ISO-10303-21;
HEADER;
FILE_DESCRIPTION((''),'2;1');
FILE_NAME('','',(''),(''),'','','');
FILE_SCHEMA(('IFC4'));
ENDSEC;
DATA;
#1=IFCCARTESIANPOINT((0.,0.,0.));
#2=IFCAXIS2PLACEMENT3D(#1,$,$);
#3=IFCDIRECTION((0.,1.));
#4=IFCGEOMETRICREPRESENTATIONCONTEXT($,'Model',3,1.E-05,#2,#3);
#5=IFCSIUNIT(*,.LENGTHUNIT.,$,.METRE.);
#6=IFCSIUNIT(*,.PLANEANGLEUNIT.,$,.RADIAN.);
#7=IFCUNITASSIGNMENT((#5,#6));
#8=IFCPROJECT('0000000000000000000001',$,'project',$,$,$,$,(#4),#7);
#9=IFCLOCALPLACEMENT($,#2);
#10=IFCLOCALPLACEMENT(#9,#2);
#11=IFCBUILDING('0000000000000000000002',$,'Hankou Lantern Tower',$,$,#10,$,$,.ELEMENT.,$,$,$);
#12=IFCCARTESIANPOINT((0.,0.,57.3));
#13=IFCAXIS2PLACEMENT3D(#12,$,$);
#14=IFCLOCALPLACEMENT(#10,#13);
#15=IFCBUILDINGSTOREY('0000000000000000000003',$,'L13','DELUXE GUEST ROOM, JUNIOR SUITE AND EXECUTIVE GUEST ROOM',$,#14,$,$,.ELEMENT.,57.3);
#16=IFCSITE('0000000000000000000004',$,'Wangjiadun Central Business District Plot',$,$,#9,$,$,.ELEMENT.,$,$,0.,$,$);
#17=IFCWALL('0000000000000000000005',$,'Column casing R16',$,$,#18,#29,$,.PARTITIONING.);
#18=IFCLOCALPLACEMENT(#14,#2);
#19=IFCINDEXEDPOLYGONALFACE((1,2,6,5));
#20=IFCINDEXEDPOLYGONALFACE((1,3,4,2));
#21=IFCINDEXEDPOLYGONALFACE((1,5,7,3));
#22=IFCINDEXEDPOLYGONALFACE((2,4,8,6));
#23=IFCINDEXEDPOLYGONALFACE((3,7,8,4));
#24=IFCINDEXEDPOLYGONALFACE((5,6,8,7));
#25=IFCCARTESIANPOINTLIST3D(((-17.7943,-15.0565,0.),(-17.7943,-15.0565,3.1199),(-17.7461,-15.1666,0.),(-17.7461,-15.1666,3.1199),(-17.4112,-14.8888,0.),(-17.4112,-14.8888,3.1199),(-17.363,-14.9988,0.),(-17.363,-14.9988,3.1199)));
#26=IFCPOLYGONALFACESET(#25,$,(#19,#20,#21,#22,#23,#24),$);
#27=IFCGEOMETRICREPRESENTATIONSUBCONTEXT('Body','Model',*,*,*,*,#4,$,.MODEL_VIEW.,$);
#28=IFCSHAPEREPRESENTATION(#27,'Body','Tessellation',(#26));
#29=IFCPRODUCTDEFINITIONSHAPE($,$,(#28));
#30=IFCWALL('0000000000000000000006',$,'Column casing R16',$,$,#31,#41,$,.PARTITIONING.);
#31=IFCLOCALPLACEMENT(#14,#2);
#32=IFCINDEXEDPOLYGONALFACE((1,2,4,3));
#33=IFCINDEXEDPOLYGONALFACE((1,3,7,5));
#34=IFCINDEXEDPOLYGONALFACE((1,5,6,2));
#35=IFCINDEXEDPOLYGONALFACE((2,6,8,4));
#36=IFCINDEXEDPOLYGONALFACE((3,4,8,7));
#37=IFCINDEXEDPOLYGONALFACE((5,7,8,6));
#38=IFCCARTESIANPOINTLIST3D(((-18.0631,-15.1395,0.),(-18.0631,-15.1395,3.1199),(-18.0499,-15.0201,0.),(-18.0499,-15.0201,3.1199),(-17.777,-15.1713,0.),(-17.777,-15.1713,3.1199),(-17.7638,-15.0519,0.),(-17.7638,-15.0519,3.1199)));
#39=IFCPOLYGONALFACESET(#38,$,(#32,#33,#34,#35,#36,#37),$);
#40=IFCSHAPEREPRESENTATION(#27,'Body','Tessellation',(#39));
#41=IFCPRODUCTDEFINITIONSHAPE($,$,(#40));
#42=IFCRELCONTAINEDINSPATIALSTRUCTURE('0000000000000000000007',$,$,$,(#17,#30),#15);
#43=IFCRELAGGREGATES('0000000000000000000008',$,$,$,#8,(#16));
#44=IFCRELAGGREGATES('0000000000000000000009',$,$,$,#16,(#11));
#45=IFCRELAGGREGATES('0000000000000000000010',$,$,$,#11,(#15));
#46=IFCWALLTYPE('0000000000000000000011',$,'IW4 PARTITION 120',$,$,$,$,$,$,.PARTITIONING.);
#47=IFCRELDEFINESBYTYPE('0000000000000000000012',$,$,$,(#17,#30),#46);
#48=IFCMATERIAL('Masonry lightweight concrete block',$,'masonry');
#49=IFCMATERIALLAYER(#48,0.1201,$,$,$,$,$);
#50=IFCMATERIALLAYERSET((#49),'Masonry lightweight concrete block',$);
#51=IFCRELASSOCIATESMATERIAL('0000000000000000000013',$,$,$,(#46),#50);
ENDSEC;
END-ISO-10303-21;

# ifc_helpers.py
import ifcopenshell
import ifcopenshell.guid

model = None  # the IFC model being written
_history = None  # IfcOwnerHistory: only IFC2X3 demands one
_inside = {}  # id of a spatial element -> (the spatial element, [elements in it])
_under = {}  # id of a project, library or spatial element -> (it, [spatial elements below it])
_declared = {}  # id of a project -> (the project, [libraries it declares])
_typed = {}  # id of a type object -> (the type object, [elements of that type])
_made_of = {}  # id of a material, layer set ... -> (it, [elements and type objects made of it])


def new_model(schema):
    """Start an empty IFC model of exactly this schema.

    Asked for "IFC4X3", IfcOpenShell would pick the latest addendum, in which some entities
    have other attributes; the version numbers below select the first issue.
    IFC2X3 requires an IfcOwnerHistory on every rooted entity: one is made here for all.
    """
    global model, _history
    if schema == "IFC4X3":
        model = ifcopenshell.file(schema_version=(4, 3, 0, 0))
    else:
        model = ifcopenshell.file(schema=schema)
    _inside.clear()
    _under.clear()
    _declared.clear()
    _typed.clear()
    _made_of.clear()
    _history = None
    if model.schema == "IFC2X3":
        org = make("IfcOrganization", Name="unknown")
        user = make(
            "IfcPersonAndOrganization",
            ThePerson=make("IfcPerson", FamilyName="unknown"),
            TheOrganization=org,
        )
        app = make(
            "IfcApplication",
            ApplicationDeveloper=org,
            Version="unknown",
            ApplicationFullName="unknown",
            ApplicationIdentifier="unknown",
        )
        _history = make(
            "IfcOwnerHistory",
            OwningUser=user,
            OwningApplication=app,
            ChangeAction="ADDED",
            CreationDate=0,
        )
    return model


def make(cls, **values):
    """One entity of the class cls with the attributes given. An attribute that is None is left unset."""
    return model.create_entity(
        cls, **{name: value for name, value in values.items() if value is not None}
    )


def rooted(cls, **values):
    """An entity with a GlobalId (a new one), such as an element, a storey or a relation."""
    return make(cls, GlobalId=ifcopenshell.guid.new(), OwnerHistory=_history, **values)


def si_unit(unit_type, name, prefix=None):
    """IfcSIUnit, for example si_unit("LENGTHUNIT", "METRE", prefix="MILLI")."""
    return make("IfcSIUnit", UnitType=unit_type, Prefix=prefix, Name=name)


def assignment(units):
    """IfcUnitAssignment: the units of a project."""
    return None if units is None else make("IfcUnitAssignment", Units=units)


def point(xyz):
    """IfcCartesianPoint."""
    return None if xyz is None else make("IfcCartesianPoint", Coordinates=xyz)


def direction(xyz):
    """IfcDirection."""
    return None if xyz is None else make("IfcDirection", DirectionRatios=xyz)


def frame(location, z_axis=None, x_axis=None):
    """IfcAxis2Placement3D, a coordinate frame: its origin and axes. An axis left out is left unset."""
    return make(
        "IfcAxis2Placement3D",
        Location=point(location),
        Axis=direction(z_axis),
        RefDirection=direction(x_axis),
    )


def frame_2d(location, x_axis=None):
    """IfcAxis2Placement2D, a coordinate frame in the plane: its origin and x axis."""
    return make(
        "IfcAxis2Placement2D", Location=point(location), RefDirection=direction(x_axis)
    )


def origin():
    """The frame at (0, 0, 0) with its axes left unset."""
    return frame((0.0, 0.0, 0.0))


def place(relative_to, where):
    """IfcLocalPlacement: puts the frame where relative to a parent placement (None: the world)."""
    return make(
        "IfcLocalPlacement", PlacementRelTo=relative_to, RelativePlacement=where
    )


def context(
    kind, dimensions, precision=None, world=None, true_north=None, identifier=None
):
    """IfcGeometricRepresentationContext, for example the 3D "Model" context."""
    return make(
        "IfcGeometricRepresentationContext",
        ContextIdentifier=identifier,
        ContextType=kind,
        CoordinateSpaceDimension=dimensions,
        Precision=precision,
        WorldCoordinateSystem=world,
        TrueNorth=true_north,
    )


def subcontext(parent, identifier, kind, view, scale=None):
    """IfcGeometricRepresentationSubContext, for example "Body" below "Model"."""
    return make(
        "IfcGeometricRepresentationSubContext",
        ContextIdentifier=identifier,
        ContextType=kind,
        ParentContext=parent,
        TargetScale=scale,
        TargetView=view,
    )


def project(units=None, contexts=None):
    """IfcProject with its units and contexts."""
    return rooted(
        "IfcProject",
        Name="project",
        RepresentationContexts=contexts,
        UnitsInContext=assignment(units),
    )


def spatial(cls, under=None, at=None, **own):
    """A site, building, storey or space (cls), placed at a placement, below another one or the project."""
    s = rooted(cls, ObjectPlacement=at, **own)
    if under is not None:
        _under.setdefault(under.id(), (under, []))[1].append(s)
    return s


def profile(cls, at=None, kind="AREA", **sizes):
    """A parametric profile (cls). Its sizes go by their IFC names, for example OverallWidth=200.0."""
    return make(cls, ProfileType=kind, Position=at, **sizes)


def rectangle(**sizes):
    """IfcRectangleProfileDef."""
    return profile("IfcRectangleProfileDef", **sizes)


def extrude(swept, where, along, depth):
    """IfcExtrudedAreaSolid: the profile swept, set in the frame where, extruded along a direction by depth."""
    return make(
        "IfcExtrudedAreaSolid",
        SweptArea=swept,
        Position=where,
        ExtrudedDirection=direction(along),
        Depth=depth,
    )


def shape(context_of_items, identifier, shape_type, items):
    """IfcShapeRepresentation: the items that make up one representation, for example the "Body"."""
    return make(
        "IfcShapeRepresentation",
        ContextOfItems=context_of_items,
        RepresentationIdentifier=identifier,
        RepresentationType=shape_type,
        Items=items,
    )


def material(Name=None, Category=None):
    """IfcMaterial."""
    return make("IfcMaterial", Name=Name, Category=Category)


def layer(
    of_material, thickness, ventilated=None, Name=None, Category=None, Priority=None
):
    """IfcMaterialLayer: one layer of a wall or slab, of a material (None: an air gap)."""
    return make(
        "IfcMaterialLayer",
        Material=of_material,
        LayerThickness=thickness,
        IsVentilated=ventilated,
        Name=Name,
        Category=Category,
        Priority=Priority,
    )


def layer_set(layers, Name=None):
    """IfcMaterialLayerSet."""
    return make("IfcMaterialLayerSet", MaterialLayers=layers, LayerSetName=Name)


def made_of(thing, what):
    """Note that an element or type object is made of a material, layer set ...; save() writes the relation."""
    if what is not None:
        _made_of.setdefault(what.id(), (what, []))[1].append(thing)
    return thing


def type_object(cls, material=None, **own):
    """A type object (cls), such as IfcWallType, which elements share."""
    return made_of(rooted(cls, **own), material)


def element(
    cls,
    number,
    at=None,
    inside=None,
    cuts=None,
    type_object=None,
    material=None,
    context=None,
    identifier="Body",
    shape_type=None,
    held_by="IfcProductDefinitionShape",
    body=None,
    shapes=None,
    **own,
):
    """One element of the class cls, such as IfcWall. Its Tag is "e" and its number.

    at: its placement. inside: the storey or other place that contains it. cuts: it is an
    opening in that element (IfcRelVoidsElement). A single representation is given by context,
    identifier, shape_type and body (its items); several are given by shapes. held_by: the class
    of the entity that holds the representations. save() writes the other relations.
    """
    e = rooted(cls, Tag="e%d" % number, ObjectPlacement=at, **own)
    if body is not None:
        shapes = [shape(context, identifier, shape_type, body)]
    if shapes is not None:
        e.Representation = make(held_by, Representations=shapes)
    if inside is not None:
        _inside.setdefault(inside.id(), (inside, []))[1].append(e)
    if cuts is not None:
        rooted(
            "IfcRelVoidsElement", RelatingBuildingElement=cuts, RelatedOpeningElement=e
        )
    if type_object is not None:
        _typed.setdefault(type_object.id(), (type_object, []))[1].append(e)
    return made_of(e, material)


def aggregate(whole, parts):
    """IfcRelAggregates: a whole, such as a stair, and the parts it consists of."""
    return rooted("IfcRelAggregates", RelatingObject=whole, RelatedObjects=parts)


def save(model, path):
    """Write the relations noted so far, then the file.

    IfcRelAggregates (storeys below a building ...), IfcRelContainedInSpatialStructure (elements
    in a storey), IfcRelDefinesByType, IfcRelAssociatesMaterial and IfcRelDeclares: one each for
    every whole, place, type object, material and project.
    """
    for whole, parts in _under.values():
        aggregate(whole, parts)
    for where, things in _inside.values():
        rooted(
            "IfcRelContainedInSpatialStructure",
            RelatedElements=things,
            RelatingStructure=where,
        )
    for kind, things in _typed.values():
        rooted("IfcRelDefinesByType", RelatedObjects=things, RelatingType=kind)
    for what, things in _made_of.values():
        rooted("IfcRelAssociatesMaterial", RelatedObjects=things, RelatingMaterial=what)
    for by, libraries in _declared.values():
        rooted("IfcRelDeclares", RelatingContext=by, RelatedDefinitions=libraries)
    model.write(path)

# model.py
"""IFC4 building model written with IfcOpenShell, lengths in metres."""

from ifc_helpers import new_model, si_unit, direction, frame, frame_2d, origin, place, context, subcontext, project, spatial, rectangle, extrude, material, layer, layer_set, type_object, element, save


model = new_model("IFC4")

# Units and contexts
model_context = context("Model", 3, precision=1e-05, world=origin(), true_north=direction((0.0, 1.0)))
body_context = subcontext(model_context, "Body", "Model", "MODEL_VIEW")
ifc_project = project(units=[si_unit("LENGTHUNIT", "METRE"), si_unit("PLANEANGLEUNIT", "RADIAN")], contexts=[model_context])

# Site, building, storey
site_placement = place(None, origin())
site = spatial("IfcSite", under=ifc_project, at=site_placement, Name="Wangjiadun Central Business District Plot", CompositionType="ELEMENT", RefElevation=0.0)
building_placement = place(site_placement, origin())
building = spatial("IfcBuilding", under=site, at=building_placement, Name="Hankou Lantern Tower", CompositionType="ELEMENT")
storey_placement = place(building_placement, frame((0.0, 0.0, 57.3)))
storey = spatial("IfcBuildingStorey", under=building, at=storey_placement, Name="L13", Description="DELUXE GUEST ROOM, JUNIOR SUITE AND EXECUTIVE GUEST ROOM", CompositionType="ELEMENT", Elevation=57.3)

# Walls
ifc_material_1 = material(Name="Masonry lightweight concrete block", Category="masonry")
ifc_layer_1 = layer(ifc_material_1, 0.1201)
ifc_layer_set_1 = layer_set([ifc_layer_1], Name="Masonry lightweight concrete block")
wall_type_1 = type_object("IfcWallType", Name="IW4 PARTITION 120", PredefinedType="PARTITIONING", material=ifc_layer_set_1)
wall_1_placement = place(storey_placement, frame((-17.3872, -14.9438, 0.0), z_axis=(0.0, 0.0, 1.0), x_axis=(-0.916037, -0.401094, 0.0)))
element("IfcWall", 1, at=wall_1_placement, inside=storey, type_object=wall_type_1, Name="Column casing R16", PredefinedType="PARTITIONING", context=body_context, shape_type="SweptSolid", body=[
    extrude(rectangle(XDim=0.4182, YDim=0.1201, at=frame_2d((0.209, 0.0))), origin(), (0.0, 0.0, 1.0), 3.1199),
])
wall_2_placement = place(storey_placement, frame((-17.7703, -15.1116, 0.0), z_axis=(0.0, 0.0, 1.0), x_axis=(-0.993904, 0.110245, 0.0)))
element("IfcWall", 2, at=wall_2_placement, inside=storey, type_object=wall_type_1, Name="Column casing R16", PredefinedType="PARTITIONING", context=body_context, shape_type="SweptSolid", body=[
    extrude(rectangle(XDim=0.2878, YDim=0.1201, at=frame_2d((0.144, 0.0))), origin(), (0.0, 0.0, 1.0), 3.1199),
])

save(model, "model.ifc")
